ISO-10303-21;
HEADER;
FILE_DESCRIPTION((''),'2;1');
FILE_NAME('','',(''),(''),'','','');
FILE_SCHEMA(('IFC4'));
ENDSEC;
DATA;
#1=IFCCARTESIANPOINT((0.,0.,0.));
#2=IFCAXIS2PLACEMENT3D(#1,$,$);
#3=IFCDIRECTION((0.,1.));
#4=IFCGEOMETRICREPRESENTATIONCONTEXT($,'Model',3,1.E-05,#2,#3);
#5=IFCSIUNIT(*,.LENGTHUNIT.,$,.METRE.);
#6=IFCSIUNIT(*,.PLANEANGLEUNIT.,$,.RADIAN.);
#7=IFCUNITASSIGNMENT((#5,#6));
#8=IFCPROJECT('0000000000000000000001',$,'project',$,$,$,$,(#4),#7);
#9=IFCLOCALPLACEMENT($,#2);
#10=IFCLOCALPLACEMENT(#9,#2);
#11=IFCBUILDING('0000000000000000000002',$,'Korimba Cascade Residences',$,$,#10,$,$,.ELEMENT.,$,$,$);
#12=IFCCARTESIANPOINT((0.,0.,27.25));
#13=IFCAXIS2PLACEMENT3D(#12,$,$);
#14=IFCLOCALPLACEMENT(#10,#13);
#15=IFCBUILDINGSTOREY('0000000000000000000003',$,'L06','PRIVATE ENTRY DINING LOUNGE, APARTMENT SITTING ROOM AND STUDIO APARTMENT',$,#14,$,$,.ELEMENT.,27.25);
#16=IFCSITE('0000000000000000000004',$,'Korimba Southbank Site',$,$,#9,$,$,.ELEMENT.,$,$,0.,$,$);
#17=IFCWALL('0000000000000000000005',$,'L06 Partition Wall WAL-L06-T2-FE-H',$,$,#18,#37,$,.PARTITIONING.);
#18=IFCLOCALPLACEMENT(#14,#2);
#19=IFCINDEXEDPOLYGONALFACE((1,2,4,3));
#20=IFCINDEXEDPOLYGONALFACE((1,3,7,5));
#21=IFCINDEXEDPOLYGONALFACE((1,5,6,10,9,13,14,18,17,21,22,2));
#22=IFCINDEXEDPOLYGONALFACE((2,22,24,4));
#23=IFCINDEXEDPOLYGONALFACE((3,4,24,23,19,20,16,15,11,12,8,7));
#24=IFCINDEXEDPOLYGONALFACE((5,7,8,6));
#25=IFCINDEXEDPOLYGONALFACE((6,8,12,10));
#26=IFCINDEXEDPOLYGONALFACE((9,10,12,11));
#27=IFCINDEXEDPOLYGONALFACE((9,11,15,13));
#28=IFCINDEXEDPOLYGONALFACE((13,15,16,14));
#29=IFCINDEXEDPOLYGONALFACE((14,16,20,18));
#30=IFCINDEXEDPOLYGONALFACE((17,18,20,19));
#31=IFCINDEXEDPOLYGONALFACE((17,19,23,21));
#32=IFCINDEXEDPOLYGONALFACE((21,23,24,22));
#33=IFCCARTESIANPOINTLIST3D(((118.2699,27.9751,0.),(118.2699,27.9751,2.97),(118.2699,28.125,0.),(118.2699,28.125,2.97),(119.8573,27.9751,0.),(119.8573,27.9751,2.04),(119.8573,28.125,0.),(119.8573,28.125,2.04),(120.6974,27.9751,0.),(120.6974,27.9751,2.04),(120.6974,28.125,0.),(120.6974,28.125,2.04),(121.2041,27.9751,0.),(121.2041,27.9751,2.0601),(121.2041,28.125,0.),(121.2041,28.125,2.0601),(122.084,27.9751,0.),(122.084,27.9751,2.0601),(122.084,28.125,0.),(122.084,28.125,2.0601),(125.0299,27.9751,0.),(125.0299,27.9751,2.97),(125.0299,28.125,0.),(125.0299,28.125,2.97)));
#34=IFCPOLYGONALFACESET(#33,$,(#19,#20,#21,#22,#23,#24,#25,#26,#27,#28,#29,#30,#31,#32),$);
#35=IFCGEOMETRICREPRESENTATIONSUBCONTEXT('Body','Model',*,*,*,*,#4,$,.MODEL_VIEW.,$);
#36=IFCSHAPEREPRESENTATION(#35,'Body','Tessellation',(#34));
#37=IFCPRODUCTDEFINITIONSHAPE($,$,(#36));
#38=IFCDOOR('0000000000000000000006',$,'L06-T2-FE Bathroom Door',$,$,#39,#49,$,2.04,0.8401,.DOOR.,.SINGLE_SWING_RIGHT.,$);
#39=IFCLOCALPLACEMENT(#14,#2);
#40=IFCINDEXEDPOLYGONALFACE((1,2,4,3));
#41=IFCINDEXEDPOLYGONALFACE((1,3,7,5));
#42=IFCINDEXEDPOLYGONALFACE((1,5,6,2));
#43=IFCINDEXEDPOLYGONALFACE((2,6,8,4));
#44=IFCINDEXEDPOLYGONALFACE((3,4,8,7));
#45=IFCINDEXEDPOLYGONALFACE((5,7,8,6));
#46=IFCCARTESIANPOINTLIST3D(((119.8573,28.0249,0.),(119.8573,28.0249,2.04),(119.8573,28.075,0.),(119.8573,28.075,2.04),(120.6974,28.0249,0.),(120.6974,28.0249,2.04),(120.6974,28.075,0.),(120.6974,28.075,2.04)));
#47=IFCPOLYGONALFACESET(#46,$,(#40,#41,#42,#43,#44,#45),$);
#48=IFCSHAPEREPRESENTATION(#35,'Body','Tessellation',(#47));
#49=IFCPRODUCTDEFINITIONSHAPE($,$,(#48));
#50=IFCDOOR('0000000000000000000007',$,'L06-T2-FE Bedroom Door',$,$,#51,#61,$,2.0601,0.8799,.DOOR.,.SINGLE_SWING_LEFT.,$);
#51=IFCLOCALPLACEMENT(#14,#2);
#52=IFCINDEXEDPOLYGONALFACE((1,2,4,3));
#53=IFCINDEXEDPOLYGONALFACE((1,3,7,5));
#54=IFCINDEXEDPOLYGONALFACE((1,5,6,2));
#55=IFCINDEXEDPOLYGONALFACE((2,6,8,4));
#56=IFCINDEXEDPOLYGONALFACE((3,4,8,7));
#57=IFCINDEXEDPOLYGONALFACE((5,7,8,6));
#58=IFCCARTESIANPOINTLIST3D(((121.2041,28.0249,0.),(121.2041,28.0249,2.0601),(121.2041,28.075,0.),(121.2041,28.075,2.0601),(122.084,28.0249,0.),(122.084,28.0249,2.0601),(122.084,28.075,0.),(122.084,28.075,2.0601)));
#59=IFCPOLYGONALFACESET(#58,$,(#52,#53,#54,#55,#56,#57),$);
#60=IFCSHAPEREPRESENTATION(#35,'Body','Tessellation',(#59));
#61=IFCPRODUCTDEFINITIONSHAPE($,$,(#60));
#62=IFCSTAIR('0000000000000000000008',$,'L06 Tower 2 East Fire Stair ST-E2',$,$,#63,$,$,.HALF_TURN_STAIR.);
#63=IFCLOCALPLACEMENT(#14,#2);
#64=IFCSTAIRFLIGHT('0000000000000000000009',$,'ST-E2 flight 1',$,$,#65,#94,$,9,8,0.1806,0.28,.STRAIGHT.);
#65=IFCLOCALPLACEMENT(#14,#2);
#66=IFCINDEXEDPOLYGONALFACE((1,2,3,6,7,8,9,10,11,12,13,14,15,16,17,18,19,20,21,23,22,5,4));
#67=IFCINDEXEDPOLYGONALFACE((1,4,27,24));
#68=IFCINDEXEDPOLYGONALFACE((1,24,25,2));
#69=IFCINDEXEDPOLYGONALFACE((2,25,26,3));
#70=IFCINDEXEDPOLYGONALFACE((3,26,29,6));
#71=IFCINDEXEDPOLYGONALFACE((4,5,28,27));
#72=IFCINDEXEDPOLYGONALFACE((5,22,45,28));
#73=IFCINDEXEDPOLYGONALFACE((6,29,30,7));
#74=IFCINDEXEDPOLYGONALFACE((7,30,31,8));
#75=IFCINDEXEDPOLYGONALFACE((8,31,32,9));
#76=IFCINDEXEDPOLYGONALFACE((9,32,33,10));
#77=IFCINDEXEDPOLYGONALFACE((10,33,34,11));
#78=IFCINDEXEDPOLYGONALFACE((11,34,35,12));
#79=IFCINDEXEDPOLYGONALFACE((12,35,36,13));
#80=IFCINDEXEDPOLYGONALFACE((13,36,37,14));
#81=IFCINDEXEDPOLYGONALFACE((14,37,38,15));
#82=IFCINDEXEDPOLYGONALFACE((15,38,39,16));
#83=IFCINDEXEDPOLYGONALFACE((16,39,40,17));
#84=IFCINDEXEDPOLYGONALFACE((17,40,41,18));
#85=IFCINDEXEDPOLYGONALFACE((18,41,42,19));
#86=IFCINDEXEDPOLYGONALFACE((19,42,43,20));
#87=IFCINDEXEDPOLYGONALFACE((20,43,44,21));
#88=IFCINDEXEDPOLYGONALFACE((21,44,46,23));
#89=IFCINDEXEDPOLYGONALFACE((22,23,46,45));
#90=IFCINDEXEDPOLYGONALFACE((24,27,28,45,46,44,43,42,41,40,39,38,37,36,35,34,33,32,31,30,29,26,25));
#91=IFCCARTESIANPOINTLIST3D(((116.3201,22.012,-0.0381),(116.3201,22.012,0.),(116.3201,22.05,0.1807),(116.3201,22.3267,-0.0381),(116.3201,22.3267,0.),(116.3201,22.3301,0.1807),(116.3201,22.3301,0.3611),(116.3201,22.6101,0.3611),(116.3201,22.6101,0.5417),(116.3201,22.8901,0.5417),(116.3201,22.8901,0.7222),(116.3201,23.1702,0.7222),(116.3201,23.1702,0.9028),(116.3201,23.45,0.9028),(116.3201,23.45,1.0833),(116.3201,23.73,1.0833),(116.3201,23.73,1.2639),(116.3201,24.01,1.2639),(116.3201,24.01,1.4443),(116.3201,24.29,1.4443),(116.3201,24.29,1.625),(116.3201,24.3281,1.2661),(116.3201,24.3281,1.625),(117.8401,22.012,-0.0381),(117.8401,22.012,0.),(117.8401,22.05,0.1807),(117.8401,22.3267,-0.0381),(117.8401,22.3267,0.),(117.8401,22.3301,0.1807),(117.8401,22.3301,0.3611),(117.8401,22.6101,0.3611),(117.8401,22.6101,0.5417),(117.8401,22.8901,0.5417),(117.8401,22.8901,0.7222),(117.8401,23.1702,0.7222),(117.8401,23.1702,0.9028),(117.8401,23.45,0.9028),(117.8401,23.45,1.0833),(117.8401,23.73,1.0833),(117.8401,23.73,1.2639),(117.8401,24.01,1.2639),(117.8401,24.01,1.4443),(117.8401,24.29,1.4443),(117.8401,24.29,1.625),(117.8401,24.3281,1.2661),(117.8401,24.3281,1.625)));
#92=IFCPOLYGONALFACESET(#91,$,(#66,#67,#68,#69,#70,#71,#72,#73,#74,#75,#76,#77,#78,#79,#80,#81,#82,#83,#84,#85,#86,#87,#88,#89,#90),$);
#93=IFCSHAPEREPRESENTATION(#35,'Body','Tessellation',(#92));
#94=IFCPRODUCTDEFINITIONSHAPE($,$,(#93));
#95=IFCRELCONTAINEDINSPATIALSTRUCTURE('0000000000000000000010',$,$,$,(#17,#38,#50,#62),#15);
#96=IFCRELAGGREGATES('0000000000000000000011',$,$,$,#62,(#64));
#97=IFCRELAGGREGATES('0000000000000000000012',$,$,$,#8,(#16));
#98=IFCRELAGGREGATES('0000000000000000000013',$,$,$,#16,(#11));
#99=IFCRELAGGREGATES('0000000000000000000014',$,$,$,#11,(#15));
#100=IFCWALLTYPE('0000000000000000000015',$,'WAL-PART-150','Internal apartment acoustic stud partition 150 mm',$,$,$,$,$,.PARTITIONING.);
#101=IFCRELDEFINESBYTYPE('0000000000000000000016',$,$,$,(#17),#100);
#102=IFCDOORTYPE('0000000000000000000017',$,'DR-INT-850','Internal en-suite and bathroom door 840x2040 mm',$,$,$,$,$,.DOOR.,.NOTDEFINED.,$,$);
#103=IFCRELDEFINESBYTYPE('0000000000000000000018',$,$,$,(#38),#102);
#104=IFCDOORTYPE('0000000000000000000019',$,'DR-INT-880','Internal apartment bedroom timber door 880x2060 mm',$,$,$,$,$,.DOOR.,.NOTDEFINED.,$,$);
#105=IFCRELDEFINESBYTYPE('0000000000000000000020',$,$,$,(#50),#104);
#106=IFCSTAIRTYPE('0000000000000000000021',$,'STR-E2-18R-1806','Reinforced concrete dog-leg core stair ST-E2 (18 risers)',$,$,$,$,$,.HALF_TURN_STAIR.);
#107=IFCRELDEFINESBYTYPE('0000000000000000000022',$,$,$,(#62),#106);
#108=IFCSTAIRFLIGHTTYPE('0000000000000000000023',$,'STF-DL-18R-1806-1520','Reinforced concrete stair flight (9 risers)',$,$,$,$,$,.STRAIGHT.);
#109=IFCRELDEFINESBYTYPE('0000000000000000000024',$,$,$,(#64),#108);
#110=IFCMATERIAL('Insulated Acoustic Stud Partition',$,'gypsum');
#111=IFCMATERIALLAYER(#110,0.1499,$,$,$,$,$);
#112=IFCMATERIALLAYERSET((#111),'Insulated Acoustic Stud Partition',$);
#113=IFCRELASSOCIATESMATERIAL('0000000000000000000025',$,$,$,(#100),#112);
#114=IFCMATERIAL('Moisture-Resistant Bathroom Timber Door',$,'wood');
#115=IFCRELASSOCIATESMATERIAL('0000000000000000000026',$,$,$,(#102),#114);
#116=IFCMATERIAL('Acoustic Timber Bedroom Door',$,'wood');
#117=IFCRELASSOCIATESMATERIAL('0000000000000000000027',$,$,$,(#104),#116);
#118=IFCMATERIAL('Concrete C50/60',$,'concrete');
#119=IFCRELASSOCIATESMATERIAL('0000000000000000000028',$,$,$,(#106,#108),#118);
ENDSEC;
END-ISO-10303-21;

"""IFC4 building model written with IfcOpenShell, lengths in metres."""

from ifc_helpers import new_model, si_unit, direction, frame, frame_2d, origin, place, context, subcontext, project, spatial, polyline, rectangle, outline, extrude, material, layer, layer_set, type_object, element, fill, aggregate, save


model = new_model("IFC4")

# Units and contexts
model_context = context("Model", 3, precision=1e-05, world=origin(), true_north=direction((0.0, 1.0)))
body_context = subcontext(model_context, "Body", "Model", "MODEL_VIEW")
ifc_project = project(units=[si_unit("LENGTHUNIT", "METRE"), si_unit("PLANEANGLEUNIT", "RADIAN")], contexts=[model_context])

# Site, building, storey
site_placement = place(None, origin())
site = spatial("IfcSite", under=ifc_project, at=site_placement, Name="Korimba Southbank Site", CompositionType="ELEMENT", RefElevation=0.0)
building_placement = place(site_placement, origin())
building = spatial("IfcBuilding", under=site, at=building_placement, Name="Korimba Cascade Residences", CompositionType="ELEMENT")
storey_placement = place(building_placement, frame((0.0, 0.0, 27.25)))
storey = spatial("IfcBuildingStorey", under=building, at=storey_placement, Name="L06", Description="PRIVATE ENTRY DINING LOUNGE, APARTMENT SITTING ROOM AND STUDIO APARTMENT", CompositionType="ELEMENT", Elevation=27.25)

# Shared definitions
ifc_material_1 = material(Name="Concrete C50/60", Category="concrete")

# Shared definitions
ifc_material_2 = material(Name="Insulated Acoustic Stud Partition", Category="gypsum")
ifc_layer_1 = layer(ifc_material_2, 0.1499)
ifc_layer_set_1 = layer_set([ifc_layer_1], Name="Insulated Acoustic Stud Partition")
wall_type_1 = type_object("IfcWallType", Name="WAL-PART-150", Description="Internal apartment acoustic stud partition 150 mm", PredefinedType="PARTITIONING", material=ifc_layer_set_1)
ifc_material_3 = material(Name="Moisture-Resistant Bathroom Timber Door", Category="wood")
door_type_1 = type_object("IfcDoorType", Name="DR-INT-850", Description="Internal en-suite and bathroom door 840x2040 mm", OperationType="NOTDEFINED", PredefinedType="DOOR", material=ifc_material_3)

# Wall, openings, doors
wall_1_placement = place(storey_placement, frame((118.27, 28.05, 0.0), z_axis=(0.0, 0.0, 1.0), x_axis=(1.0, 0.0, 0.0)))
wall_1 = element("IfcWall", 1, at=wall_1_placement, inside=storey, type_object=wall_type_1, Name="L06 Partition Wall WAL-L06-T2-FE-H", PredefinedType="PARTITIONING", context=body_context, shape_type="SweptSolid", body=[
    extrude(rectangle(XDim=6.76, YDim=0.1499, at=frame_2d((3.3799, 0.0))), origin(), (0.0, 0.0, 1.0), 2.97),
])
opening_1_placement = place(wall_1_placement, frame((1.5874, 0.0, 0.0)))
opening_1 = element("IfcOpeningElement", 2, at=opening_1_placement, cuts=wall_1, PredefinedType="OPENING", context=body_context, shape_type="SweptSolid", body=[
    extrude(rectangle(XDim=0.8401, YDim=2.04, at=frame_2d((0.4199, 1.02))), frame((0.0, 0.085, 0.0), z_axis=(0.0, -1.0, 0.0), x_axis=(1.0, 0.0, 0.0)), (0.0, 0.0, 1.0), 0.1699),
])
opening_2_placement = place(wall_1_placement, frame((2.9341, 0.0, 0.0)))
opening_2 = element("IfcOpeningElement", 3, at=opening_2_placement, cuts=wall_1, PredefinedType="OPENING", context=body_context, shape_type="SweptSolid", body=[
    extrude(rectangle(XDim=0.8799, YDim=2.0601, at=frame_2d((0.4399, 1.03))), frame((0.0, 0.085, 0.0), z_axis=(0.0, -1.0, 0.0), x_axis=(1.0, 0.0, 0.0)), (0.0, 0.0, 1.0), 0.1699),
])
door_1_placement = place(opening_1_placement, origin())
door_1 = element("IfcDoor", 4, at=door_1_placement, inside=storey, type_object=door_type_1, Name="L06-T2-FE Bathroom Door", OperationType="SINGLE_SWING_RIGHT", OverallHeight=2.04, OverallWidth=0.8401, PredefinedType="DOOR", context=body_context, shape_type="SweptSolid", body=[
    extrude(rectangle(XDim=0.8401, YDim=2.04, at=frame_2d((0.4199, 1.02))), frame((0.0, 0.0249, 0.0), z_axis=(0.0, -1.0, 0.0), x_axis=(1.0, 0.0, 0.0)), (0.0, 0.0, 1.0), 0.05),
])
fill(opening_1, door_1)
ifc_material_4 = material(Name="Acoustic Timber Bedroom Door", Category="wood")
door_type_2 = type_object("IfcDoorType", Name="DR-INT-880", Description="Internal apartment bedroom timber door 880x2060 mm", OperationType="NOTDEFINED", PredefinedType="DOOR", material=ifc_material_4)
door_2_placement = place(opening_2_placement, origin())
door_2 = element("IfcDoor", 5, at=door_2_placement, inside=storey, type_object=door_type_2, Name="L06-T2-FE Bedroom Door", OperationType="SINGLE_SWING_LEFT", OverallHeight=2.0601, OverallWidth=0.8799, PredefinedType="DOOR", context=body_context, shape_type="SweptSolid", body=[
    extrude(rectangle(XDim=0.8799, YDim=2.0601, at=frame_2d((0.4399, 1.03))), frame((0.0, 0.0249, 0.0), z_axis=(0.0, -1.0, 0.0), x_axis=(1.0, 0.0, 0.0)), (0.0, 0.0, 1.0), 0.05),
])
fill(opening_2, door_2)

# Stair, stair flight
stair_type = type_object("IfcStairType", Name="STR-E2-18R-1806", Description="Reinforced concrete dog-leg core stair ST-E2 (18 risers)", PredefinedType="HALF_TURN_STAIR", material=ifc_material_1)
stair_placement = place(storey_placement, origin())
stair = element("IfcStair", 6, at=stair_placement, inside=storey, type_object=stair_type, Name="L06 Tower 2 East Fire Stair ST-E2", PredefinedType="HALF_TURN_STAIR")
stair_flight_type = type_object("IfcStairFlightType", Name="STF-DL-18R-1806-1520", Description="Reinforced concrete stair flight (9 risers)", PredefinedType="STRAIGHT", material=ifc_material_1)
stair_flight_placement = place(storey_placement, frame((117.0801, 22.05, 0.0), z_axis=(0.0, 0.0, 1.0), x_axis=(0.0, 1.0, 0.0)))
stair_flight = element("IfcStairFlight", 7, at=stair_flight_placement, type_object=stair_flight_type, Name="ST-E2 flight 1", NumberOfRisers=9, NumberOfTreads=8, PredefinedType="STRAIGHT", RiserHeight=0.1806, TreadLength=0.28, context=body_context, shape_type="SweptSolid", body=[
    extrude(outline(polyline([(-0.0381, 0.0), (0.0, 0.1807), (0.28, 0.1807), (0.28, 0.3611), (0.5601, 0.3611), (0.5601, 0.5417), (0.8401, 0.5417), (0.8401, 0.7222), (1.1201, 0.7222), (1.1201, 0.9028), (1.3999, 0.9028), (1.3999, 1.0833), (1.6799, 1.0833), (1.6799, 1.2639), (1.96, 1.2639), (1.96, 1.4443), (2.24, 1.4443), (2.24, 1.625), (2.2781, 1.625), (2.2781, 1.2661), (0.2766, 0.0), (0.2766, -0.0381), (-0.0381, -0.0381), (-0.0381, 0.0)])), frame((0.0, 0.76, 0.0), z_axis=(0.0, -1.0, 0.0), x_axis=(1.0, 0.0, 0.0)), (0.0, 0.0, 1.0), 1.52),
])
aggregate(stair, [stair_flight])

save(model, "model.ifc")
